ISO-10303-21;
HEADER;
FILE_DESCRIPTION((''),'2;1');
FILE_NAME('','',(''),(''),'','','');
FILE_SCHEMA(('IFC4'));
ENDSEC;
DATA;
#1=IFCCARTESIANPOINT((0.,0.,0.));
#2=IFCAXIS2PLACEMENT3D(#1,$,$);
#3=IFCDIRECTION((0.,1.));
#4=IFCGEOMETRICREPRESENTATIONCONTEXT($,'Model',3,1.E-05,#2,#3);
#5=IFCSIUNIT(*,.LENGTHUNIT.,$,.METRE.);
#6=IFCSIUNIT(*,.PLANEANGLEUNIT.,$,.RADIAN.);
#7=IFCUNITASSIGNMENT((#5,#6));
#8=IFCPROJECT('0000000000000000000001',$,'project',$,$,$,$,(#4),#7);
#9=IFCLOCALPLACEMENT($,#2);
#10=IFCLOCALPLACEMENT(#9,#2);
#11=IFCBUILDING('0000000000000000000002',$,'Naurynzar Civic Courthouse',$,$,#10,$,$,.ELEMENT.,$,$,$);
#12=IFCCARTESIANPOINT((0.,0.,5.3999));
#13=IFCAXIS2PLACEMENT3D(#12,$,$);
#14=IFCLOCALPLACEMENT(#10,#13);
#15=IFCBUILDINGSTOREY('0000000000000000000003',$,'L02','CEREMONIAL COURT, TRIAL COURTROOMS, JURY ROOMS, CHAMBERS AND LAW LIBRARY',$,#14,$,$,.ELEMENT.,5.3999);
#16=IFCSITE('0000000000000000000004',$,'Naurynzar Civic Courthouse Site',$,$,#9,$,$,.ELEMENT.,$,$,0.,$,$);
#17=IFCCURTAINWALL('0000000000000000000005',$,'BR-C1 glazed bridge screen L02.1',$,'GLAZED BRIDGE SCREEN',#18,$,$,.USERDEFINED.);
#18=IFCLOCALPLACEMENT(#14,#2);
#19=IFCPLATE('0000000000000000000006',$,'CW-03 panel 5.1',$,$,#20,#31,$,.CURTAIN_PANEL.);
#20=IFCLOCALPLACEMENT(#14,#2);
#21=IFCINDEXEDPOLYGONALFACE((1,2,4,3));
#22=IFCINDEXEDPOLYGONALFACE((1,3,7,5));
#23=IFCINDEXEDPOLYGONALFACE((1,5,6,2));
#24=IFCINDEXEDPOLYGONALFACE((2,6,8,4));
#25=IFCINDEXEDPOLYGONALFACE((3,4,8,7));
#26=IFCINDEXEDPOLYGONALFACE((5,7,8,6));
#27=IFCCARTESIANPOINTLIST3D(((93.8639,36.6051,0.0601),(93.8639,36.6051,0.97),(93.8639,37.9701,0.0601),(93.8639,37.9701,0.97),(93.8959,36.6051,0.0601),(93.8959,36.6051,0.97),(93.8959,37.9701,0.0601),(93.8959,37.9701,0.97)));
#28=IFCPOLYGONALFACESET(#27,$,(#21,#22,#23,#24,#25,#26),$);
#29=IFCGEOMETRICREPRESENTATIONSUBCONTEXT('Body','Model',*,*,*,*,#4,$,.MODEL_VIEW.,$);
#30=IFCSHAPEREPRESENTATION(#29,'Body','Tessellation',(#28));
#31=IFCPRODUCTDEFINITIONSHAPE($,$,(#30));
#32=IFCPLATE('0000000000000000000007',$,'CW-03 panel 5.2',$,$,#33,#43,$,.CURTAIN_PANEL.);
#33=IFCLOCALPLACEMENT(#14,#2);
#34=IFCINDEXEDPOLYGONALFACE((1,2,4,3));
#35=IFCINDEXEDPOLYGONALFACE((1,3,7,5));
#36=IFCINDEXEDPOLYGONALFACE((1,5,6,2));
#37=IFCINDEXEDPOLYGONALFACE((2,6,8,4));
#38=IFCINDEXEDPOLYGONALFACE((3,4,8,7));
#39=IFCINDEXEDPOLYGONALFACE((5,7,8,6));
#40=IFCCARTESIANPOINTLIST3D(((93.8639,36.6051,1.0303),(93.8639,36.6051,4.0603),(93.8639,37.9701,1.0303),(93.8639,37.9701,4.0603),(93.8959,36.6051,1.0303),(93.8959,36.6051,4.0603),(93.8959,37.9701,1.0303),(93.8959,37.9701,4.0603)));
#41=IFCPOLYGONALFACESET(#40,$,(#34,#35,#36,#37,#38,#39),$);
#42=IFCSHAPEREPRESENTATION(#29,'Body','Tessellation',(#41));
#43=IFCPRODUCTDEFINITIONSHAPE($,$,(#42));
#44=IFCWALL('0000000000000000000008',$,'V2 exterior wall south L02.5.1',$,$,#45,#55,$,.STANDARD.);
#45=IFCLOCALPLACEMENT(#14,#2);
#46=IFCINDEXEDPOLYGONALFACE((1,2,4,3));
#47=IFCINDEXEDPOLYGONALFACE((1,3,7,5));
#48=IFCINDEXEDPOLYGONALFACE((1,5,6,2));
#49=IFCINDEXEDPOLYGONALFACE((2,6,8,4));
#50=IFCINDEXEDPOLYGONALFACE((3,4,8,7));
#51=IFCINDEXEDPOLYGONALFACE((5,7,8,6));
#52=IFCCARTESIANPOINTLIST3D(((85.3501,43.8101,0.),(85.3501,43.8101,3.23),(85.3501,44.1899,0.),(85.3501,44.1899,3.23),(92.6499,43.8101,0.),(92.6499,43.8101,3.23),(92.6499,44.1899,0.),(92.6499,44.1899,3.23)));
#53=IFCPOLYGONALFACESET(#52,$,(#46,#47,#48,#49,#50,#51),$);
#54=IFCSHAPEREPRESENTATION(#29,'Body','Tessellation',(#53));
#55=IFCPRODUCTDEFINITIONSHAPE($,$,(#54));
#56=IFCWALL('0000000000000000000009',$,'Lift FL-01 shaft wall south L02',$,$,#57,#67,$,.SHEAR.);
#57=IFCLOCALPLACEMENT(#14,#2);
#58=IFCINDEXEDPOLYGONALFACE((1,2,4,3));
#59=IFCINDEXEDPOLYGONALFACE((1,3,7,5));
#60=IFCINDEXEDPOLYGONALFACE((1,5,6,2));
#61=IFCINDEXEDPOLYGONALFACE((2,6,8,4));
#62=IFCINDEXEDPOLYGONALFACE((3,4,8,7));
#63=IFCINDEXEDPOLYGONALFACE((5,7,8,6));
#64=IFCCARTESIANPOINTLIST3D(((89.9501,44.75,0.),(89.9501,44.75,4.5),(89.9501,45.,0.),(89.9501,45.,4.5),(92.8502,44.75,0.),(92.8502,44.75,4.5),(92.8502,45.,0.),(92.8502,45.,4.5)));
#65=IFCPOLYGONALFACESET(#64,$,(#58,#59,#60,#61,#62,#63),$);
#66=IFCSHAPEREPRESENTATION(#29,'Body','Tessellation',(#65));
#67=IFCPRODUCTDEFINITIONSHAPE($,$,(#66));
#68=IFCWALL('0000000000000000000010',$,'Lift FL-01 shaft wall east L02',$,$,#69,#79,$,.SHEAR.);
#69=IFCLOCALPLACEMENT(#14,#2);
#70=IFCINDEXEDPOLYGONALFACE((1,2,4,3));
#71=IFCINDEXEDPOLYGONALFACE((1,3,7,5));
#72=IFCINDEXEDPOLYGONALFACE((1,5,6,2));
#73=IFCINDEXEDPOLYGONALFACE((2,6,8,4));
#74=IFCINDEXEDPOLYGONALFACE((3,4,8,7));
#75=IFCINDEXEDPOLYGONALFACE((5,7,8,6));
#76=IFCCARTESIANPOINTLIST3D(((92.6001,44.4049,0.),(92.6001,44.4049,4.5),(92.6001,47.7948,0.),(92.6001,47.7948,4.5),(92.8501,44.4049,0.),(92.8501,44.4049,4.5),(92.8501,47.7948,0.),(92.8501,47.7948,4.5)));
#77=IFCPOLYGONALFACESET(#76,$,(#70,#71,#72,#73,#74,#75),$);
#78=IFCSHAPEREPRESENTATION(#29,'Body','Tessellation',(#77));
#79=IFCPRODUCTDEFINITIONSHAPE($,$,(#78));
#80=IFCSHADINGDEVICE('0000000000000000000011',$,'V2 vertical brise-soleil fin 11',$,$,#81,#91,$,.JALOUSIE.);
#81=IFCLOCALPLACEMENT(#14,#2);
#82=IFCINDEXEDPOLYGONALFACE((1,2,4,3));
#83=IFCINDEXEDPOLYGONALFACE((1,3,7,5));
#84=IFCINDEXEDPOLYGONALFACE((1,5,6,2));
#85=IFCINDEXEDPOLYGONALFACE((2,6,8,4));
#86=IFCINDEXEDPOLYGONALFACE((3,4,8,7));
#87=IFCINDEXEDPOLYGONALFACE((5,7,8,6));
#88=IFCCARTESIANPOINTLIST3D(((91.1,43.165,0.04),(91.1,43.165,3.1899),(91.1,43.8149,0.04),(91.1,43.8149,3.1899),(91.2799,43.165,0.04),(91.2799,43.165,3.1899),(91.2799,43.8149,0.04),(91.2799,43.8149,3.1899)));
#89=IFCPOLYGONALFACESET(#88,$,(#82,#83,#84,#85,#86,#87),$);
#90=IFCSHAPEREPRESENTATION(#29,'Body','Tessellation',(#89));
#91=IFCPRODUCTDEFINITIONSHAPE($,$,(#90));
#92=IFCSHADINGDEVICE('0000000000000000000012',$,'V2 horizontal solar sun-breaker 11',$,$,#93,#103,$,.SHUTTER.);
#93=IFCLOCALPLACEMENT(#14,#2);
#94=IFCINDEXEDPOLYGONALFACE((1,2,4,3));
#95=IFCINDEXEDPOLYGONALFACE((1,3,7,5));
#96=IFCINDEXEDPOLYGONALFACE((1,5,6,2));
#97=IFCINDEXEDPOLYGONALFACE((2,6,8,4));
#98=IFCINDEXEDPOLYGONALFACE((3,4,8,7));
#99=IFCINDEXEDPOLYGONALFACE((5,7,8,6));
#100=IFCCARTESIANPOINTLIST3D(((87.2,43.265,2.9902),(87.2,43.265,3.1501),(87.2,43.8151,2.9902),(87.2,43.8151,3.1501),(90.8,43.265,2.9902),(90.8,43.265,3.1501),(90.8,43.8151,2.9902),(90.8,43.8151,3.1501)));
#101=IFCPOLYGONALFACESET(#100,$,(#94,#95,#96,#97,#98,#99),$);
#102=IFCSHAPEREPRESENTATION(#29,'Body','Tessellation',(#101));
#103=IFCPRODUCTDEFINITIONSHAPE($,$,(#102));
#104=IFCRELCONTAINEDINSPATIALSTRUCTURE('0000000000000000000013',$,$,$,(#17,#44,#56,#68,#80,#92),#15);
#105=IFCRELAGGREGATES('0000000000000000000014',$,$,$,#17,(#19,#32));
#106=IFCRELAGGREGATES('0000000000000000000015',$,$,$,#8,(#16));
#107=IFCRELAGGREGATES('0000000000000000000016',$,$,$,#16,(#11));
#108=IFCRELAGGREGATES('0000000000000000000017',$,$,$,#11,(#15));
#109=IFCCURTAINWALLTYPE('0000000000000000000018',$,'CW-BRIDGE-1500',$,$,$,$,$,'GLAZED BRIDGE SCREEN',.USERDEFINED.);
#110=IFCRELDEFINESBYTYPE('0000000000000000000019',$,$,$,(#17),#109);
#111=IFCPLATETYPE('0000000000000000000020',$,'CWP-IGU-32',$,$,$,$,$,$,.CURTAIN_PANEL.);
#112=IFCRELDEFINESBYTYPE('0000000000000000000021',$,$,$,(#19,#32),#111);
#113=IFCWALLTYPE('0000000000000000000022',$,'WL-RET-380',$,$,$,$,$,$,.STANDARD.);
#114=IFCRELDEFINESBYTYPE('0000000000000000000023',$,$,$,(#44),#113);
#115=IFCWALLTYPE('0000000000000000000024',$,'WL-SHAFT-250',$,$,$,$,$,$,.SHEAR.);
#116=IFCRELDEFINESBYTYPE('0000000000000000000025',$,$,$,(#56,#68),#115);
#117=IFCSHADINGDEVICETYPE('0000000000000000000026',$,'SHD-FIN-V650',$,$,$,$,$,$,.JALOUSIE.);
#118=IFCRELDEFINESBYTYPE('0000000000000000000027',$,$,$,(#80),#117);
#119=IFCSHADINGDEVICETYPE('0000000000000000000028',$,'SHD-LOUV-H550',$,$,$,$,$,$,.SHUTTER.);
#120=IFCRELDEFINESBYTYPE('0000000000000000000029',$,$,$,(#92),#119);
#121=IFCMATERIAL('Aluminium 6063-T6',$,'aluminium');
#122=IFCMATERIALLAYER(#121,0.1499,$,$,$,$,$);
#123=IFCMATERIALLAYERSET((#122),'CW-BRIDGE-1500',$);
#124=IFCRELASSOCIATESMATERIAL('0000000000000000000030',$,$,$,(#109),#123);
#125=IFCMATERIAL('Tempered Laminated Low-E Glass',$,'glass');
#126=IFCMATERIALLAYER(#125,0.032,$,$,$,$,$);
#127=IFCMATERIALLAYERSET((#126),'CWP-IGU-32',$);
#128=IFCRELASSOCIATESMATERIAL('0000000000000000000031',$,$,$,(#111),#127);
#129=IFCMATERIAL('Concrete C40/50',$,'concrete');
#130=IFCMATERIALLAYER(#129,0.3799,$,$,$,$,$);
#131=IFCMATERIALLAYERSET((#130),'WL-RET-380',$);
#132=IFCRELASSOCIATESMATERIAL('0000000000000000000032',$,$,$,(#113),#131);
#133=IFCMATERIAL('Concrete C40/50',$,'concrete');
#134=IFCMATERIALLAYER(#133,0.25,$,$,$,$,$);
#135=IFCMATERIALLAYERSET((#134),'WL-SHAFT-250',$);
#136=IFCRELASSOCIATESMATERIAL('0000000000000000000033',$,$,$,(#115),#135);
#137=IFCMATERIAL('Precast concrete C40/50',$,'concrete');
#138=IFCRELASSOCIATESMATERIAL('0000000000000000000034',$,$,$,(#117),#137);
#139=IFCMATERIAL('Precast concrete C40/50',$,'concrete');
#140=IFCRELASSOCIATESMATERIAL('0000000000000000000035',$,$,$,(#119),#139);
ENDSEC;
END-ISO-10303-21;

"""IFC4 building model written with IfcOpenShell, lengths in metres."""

from ifc_helpers import new_model, si_unit, direction, frame, frame_2d, origin, origin_2d, place, context, subcontext, project, spatial, rectangle, extrude, material, layer, layer_set, type_object, element, aggregate, save


model = new_model("IFC4")

# Units and contexts
model_context = context("Model", 3, precision=1e-05, world=origin(), true_north=direction((0.0, 1.0)))
body_context = subcontext(model_context, "Body", "Model", "MODEL_VIEW")
ifc_project = project(units=[si_unit("LENGTHUNIT", "METRE"), si_unit("PLANEANGLEUNIT", "RADIAN")], contexts=[model_context])

# Site, building, storey
site_placement = place(None, origin())
site = spatial("IfcSite", under=ifc_project, at=site_placement, Name="Naurynzar Civic Courthouse Site", CompositionType="ELEMENT", RefElevation=0.0)
building_placement = place(site_placement, origin())
building = spatial("IfcBuilding", under=site, at=building_placement, Name="Naurynzar Civic Courthouse", CompositionType="ELEMENT")
storey_placement = place(building_placement, frame((0.0, 0.0, 5.3999)))
storey = spatial("IfcBuildingStorey", under=building, at=storey_placement, Name="L02", Description="CEREMONIAL COURT, TRIAL COURTROOMS, JURY ROOMS, CHAMBERS AND LAW LIBRARY", CompositionType="ELEMENT", Elevation=5.3999)

# Curtain wall, plates
ifc_material_1 = material(Name="Aluminium 6063-T6", Category="aluminium")
ifc_layer_1 = layer(ifc_material_1, 0.1499)
ifc_layer_set_1 = layer_set([ifc_layer_1], Name="CW-BRIDGE-1500")
curtain_wall_type = type_object("IfcCurtainWallType", Name="CW-BRIDGE-1500", ElementType="GLAZED BRIDGE SCREEN", PredefinedType="USERDEFINED", material=ifc_layer_set_1)
curtain_wall_placement = place(storey_placement, origin())
curtain_wall = element("IfcCurtainWall", 1, at=curtain_wall_placement, inside=storey, type_object=curtain_wall_type, Name="BR-C1 glazed bridge screen L02.1", ObjectType="GLAZED BRIDGE SCREEN", PredefinedType="USERDEFINED")
ifc_material_2 = material(Name="Tempered Laminated Low-E Glass", Category="glass")
ifc_layer_2 = layer(ifc_material_2, 0.032)
ifc_layer_set_2 = layer_set([ifc_layer_2], Name="CWP-IGU-32")
plate_type = type_object("IfcPlateType", Name="CWP-IGU-32", PredefinedType="CURTAIN_PANEL", material=ifc_layer_set_2)
plate_1_placement = place(storey_placement, frame((93.8799, 37.2876, 0.0601), z_axis=(0.0, 0.0, 1.0), x_axis=(0.0, -1.0, 0.0)))
plate_1 = element("IfcPlate", 2, at=plate_1_placement, type_object=plate_type, Name="CW-03 panel 5.1", PredefinedType="CURTAIN_PANEL", context=body_context, shape_type="SweptSolid", body=[
    extrude(rectangle(XDim=1.365, YDim=0.032, at=origin_2d()), origin(), (0.0, 0.0, 1.0), 0.9099),
])
plate_2_placement = place(storey_placement, frame((93.8799, 37.2876, 1.0303), z_axis=(0.0, 0.0, 1.0), x_axis=(0.0, -1.0, 0.0)))
plate_2 = element("IfcPlate", 3, at=plate_2_placement, type_object=plate_type, Name="CW-03 panel 5.2", PredefinedType="CURTAIN_PANEL", context=body_context, shape_type="SweptSolid", body=[
    extrude(rectangle(XDim=1.365, YDim=0.032, at=origin_2d()), origin(), (0.0, 0.0, 1.0), 3.03),
])
aggregate(curtain_wall, [plate_1, plate_2])

# Walls
ifc_material_3 = material(Name="Concrete C40/50", Category="concrete")
ifc_layer_3 = layer(ifc_material_3, 0.3799)
ifc_layer_set_3 = layer_set([ifc_layer_3], Name="WL-RET-380")
wall_type_1 = type_object("IfcWallType", Name="WL-RET-380", PredefinedType="STANDARD", material=ifc_layer_set_3)
wall_1_placement = place(storey_placement, frame((92.6499, 44.0, 0.0), z_axis=(0.0, 0.0, 1.0), x_axis=(-1.0, 0.0, 0.0)))
element("IfcWall", 4, at=wall_1_placement, inside=storey, type_object=wall_type_1, Name="V2 exterior wall south L02.5.1", PredefinedType="STANDARD", context=body_context, shape_type="SweptSolid", body=[
    extrude(rectangle(XDim=7.2998, YDim=0.3799, at=frame_2d((3.6499, 0.0))), origin(), (0.0, 0.0, 1.0), 3.23),
])
ifc_material_4 = material(Name="Concrete C40/50", Category="concrete")
ifc_layer_4 = layer(ifc_material_4, 0.25)
ifc_layer_set_4 = layer_set([ifc_layer_4], Name="WL-SHAFT-250")
wall_type_2 = type_object("IfcWallType", Name="WL-SHAFT-250", PredefinedType="SHEAR", material=ifc_layer_set_4)
wall_2_placement = place(storey_placement, frame((89.95, 44.875, 0.0), z_axis=(0.0, 0.0, 1.0), x_axis=(1.0, 0.0, 0.0)))
element("IfcWall", 5, at=wall_2_placement, inside=storey, type_object=wall_type_2, Name="Lift FL-01 shaft wall south L02", PredefinedType="SHEAR", context=body_context, shape_type="SweptSolid", body=[
    extrude(rectangle(XDim=2.9001, YDim=0.25, at=frame_2d((1.4502, 0.0))), origin(), (0.0, 0.0, 1.0), 4.5),
])
wall_3_placement = place(storey_placement, frame((92.7251, 44.405, 0.0), z_axis=(0.0, 0.0, 1.0), x_axis=(0.0, 1.0, 0.0)))
element("IfcWall", 6, at=wall_3_placement, inside=storey, type_object=wall_type_2, Name="Lift FL-01 shaft wall east L02", PredefinedType="SHEAR", context=body_context, shape_type="SweptSolid", body=[
    extrude(rectangle(XDim=3.3899, YDim=0.25, at=frame_2d((1.6948, 0.0))), origin(), (0.0, 0.0, 1.0), 4.5),
])

# Shading devices
ifc_material_5 = material(Name="Precast concrete C40/50", Category="concrete")
shading_device_type_1 = type_object("IfcShadingDeviceType", Name="SHD-FIN-V650", PredefinedType="JALOUSIE", material=ifc_material_5)
shading_device_1_placement = place(storey_placement, frame((91.1899, 43.49, 0.04), z_axis=(0.0, 0.0, 1.0), x_axis=(-1.0, 0.0, 0.0)))
element("IfcShadingDevice", 7, at=shading_device_1_placement, inside=storey, type_object=shading_device_type_1, Name="V2 vertical brise-soleil fin 11", PredefinedType="JALOUSIE", context=body_context, shape_type="SweptSolid", body=[
    extrude(rectangle(XDim=0.1799, YDim=0.6499, at=origin_2d()), origin(), (0.0, 0.0, 1.0), 3.1499),
])
ifc_material_6 = material(Name="Precast concrete C40/50", Category="concrete")
shading_device_type_2 = type_object("IfcShadingDeviceType", Name="SHD-LOUV-H550", PredefinedType="SHUTTER", material=ifc_material_6)
shading_device_2_placement = place(storey_placement, frame((89.0, 43.54, 2.9902), z_axis=(0.0, 0.0, 1.0), x_axis=(-1.0, 0.0, 0.0)))
element("IfcShadingDevice", 8, at=shading_device_2_placement, inside=storey, type_object=shading_device_type_2, Name="V2 horizontal solar sun-breaker 11", PredefinedType="SHUTTER", context=body_context, shape_type="SweptSolid", body=[
    extrude(rectangle(XDim=3.6001, YDim=0.55, at=origin_2d()), origin(), (0.0, 0.0, 1.0), 0.1599),
])

save(model, "model.ifc")
